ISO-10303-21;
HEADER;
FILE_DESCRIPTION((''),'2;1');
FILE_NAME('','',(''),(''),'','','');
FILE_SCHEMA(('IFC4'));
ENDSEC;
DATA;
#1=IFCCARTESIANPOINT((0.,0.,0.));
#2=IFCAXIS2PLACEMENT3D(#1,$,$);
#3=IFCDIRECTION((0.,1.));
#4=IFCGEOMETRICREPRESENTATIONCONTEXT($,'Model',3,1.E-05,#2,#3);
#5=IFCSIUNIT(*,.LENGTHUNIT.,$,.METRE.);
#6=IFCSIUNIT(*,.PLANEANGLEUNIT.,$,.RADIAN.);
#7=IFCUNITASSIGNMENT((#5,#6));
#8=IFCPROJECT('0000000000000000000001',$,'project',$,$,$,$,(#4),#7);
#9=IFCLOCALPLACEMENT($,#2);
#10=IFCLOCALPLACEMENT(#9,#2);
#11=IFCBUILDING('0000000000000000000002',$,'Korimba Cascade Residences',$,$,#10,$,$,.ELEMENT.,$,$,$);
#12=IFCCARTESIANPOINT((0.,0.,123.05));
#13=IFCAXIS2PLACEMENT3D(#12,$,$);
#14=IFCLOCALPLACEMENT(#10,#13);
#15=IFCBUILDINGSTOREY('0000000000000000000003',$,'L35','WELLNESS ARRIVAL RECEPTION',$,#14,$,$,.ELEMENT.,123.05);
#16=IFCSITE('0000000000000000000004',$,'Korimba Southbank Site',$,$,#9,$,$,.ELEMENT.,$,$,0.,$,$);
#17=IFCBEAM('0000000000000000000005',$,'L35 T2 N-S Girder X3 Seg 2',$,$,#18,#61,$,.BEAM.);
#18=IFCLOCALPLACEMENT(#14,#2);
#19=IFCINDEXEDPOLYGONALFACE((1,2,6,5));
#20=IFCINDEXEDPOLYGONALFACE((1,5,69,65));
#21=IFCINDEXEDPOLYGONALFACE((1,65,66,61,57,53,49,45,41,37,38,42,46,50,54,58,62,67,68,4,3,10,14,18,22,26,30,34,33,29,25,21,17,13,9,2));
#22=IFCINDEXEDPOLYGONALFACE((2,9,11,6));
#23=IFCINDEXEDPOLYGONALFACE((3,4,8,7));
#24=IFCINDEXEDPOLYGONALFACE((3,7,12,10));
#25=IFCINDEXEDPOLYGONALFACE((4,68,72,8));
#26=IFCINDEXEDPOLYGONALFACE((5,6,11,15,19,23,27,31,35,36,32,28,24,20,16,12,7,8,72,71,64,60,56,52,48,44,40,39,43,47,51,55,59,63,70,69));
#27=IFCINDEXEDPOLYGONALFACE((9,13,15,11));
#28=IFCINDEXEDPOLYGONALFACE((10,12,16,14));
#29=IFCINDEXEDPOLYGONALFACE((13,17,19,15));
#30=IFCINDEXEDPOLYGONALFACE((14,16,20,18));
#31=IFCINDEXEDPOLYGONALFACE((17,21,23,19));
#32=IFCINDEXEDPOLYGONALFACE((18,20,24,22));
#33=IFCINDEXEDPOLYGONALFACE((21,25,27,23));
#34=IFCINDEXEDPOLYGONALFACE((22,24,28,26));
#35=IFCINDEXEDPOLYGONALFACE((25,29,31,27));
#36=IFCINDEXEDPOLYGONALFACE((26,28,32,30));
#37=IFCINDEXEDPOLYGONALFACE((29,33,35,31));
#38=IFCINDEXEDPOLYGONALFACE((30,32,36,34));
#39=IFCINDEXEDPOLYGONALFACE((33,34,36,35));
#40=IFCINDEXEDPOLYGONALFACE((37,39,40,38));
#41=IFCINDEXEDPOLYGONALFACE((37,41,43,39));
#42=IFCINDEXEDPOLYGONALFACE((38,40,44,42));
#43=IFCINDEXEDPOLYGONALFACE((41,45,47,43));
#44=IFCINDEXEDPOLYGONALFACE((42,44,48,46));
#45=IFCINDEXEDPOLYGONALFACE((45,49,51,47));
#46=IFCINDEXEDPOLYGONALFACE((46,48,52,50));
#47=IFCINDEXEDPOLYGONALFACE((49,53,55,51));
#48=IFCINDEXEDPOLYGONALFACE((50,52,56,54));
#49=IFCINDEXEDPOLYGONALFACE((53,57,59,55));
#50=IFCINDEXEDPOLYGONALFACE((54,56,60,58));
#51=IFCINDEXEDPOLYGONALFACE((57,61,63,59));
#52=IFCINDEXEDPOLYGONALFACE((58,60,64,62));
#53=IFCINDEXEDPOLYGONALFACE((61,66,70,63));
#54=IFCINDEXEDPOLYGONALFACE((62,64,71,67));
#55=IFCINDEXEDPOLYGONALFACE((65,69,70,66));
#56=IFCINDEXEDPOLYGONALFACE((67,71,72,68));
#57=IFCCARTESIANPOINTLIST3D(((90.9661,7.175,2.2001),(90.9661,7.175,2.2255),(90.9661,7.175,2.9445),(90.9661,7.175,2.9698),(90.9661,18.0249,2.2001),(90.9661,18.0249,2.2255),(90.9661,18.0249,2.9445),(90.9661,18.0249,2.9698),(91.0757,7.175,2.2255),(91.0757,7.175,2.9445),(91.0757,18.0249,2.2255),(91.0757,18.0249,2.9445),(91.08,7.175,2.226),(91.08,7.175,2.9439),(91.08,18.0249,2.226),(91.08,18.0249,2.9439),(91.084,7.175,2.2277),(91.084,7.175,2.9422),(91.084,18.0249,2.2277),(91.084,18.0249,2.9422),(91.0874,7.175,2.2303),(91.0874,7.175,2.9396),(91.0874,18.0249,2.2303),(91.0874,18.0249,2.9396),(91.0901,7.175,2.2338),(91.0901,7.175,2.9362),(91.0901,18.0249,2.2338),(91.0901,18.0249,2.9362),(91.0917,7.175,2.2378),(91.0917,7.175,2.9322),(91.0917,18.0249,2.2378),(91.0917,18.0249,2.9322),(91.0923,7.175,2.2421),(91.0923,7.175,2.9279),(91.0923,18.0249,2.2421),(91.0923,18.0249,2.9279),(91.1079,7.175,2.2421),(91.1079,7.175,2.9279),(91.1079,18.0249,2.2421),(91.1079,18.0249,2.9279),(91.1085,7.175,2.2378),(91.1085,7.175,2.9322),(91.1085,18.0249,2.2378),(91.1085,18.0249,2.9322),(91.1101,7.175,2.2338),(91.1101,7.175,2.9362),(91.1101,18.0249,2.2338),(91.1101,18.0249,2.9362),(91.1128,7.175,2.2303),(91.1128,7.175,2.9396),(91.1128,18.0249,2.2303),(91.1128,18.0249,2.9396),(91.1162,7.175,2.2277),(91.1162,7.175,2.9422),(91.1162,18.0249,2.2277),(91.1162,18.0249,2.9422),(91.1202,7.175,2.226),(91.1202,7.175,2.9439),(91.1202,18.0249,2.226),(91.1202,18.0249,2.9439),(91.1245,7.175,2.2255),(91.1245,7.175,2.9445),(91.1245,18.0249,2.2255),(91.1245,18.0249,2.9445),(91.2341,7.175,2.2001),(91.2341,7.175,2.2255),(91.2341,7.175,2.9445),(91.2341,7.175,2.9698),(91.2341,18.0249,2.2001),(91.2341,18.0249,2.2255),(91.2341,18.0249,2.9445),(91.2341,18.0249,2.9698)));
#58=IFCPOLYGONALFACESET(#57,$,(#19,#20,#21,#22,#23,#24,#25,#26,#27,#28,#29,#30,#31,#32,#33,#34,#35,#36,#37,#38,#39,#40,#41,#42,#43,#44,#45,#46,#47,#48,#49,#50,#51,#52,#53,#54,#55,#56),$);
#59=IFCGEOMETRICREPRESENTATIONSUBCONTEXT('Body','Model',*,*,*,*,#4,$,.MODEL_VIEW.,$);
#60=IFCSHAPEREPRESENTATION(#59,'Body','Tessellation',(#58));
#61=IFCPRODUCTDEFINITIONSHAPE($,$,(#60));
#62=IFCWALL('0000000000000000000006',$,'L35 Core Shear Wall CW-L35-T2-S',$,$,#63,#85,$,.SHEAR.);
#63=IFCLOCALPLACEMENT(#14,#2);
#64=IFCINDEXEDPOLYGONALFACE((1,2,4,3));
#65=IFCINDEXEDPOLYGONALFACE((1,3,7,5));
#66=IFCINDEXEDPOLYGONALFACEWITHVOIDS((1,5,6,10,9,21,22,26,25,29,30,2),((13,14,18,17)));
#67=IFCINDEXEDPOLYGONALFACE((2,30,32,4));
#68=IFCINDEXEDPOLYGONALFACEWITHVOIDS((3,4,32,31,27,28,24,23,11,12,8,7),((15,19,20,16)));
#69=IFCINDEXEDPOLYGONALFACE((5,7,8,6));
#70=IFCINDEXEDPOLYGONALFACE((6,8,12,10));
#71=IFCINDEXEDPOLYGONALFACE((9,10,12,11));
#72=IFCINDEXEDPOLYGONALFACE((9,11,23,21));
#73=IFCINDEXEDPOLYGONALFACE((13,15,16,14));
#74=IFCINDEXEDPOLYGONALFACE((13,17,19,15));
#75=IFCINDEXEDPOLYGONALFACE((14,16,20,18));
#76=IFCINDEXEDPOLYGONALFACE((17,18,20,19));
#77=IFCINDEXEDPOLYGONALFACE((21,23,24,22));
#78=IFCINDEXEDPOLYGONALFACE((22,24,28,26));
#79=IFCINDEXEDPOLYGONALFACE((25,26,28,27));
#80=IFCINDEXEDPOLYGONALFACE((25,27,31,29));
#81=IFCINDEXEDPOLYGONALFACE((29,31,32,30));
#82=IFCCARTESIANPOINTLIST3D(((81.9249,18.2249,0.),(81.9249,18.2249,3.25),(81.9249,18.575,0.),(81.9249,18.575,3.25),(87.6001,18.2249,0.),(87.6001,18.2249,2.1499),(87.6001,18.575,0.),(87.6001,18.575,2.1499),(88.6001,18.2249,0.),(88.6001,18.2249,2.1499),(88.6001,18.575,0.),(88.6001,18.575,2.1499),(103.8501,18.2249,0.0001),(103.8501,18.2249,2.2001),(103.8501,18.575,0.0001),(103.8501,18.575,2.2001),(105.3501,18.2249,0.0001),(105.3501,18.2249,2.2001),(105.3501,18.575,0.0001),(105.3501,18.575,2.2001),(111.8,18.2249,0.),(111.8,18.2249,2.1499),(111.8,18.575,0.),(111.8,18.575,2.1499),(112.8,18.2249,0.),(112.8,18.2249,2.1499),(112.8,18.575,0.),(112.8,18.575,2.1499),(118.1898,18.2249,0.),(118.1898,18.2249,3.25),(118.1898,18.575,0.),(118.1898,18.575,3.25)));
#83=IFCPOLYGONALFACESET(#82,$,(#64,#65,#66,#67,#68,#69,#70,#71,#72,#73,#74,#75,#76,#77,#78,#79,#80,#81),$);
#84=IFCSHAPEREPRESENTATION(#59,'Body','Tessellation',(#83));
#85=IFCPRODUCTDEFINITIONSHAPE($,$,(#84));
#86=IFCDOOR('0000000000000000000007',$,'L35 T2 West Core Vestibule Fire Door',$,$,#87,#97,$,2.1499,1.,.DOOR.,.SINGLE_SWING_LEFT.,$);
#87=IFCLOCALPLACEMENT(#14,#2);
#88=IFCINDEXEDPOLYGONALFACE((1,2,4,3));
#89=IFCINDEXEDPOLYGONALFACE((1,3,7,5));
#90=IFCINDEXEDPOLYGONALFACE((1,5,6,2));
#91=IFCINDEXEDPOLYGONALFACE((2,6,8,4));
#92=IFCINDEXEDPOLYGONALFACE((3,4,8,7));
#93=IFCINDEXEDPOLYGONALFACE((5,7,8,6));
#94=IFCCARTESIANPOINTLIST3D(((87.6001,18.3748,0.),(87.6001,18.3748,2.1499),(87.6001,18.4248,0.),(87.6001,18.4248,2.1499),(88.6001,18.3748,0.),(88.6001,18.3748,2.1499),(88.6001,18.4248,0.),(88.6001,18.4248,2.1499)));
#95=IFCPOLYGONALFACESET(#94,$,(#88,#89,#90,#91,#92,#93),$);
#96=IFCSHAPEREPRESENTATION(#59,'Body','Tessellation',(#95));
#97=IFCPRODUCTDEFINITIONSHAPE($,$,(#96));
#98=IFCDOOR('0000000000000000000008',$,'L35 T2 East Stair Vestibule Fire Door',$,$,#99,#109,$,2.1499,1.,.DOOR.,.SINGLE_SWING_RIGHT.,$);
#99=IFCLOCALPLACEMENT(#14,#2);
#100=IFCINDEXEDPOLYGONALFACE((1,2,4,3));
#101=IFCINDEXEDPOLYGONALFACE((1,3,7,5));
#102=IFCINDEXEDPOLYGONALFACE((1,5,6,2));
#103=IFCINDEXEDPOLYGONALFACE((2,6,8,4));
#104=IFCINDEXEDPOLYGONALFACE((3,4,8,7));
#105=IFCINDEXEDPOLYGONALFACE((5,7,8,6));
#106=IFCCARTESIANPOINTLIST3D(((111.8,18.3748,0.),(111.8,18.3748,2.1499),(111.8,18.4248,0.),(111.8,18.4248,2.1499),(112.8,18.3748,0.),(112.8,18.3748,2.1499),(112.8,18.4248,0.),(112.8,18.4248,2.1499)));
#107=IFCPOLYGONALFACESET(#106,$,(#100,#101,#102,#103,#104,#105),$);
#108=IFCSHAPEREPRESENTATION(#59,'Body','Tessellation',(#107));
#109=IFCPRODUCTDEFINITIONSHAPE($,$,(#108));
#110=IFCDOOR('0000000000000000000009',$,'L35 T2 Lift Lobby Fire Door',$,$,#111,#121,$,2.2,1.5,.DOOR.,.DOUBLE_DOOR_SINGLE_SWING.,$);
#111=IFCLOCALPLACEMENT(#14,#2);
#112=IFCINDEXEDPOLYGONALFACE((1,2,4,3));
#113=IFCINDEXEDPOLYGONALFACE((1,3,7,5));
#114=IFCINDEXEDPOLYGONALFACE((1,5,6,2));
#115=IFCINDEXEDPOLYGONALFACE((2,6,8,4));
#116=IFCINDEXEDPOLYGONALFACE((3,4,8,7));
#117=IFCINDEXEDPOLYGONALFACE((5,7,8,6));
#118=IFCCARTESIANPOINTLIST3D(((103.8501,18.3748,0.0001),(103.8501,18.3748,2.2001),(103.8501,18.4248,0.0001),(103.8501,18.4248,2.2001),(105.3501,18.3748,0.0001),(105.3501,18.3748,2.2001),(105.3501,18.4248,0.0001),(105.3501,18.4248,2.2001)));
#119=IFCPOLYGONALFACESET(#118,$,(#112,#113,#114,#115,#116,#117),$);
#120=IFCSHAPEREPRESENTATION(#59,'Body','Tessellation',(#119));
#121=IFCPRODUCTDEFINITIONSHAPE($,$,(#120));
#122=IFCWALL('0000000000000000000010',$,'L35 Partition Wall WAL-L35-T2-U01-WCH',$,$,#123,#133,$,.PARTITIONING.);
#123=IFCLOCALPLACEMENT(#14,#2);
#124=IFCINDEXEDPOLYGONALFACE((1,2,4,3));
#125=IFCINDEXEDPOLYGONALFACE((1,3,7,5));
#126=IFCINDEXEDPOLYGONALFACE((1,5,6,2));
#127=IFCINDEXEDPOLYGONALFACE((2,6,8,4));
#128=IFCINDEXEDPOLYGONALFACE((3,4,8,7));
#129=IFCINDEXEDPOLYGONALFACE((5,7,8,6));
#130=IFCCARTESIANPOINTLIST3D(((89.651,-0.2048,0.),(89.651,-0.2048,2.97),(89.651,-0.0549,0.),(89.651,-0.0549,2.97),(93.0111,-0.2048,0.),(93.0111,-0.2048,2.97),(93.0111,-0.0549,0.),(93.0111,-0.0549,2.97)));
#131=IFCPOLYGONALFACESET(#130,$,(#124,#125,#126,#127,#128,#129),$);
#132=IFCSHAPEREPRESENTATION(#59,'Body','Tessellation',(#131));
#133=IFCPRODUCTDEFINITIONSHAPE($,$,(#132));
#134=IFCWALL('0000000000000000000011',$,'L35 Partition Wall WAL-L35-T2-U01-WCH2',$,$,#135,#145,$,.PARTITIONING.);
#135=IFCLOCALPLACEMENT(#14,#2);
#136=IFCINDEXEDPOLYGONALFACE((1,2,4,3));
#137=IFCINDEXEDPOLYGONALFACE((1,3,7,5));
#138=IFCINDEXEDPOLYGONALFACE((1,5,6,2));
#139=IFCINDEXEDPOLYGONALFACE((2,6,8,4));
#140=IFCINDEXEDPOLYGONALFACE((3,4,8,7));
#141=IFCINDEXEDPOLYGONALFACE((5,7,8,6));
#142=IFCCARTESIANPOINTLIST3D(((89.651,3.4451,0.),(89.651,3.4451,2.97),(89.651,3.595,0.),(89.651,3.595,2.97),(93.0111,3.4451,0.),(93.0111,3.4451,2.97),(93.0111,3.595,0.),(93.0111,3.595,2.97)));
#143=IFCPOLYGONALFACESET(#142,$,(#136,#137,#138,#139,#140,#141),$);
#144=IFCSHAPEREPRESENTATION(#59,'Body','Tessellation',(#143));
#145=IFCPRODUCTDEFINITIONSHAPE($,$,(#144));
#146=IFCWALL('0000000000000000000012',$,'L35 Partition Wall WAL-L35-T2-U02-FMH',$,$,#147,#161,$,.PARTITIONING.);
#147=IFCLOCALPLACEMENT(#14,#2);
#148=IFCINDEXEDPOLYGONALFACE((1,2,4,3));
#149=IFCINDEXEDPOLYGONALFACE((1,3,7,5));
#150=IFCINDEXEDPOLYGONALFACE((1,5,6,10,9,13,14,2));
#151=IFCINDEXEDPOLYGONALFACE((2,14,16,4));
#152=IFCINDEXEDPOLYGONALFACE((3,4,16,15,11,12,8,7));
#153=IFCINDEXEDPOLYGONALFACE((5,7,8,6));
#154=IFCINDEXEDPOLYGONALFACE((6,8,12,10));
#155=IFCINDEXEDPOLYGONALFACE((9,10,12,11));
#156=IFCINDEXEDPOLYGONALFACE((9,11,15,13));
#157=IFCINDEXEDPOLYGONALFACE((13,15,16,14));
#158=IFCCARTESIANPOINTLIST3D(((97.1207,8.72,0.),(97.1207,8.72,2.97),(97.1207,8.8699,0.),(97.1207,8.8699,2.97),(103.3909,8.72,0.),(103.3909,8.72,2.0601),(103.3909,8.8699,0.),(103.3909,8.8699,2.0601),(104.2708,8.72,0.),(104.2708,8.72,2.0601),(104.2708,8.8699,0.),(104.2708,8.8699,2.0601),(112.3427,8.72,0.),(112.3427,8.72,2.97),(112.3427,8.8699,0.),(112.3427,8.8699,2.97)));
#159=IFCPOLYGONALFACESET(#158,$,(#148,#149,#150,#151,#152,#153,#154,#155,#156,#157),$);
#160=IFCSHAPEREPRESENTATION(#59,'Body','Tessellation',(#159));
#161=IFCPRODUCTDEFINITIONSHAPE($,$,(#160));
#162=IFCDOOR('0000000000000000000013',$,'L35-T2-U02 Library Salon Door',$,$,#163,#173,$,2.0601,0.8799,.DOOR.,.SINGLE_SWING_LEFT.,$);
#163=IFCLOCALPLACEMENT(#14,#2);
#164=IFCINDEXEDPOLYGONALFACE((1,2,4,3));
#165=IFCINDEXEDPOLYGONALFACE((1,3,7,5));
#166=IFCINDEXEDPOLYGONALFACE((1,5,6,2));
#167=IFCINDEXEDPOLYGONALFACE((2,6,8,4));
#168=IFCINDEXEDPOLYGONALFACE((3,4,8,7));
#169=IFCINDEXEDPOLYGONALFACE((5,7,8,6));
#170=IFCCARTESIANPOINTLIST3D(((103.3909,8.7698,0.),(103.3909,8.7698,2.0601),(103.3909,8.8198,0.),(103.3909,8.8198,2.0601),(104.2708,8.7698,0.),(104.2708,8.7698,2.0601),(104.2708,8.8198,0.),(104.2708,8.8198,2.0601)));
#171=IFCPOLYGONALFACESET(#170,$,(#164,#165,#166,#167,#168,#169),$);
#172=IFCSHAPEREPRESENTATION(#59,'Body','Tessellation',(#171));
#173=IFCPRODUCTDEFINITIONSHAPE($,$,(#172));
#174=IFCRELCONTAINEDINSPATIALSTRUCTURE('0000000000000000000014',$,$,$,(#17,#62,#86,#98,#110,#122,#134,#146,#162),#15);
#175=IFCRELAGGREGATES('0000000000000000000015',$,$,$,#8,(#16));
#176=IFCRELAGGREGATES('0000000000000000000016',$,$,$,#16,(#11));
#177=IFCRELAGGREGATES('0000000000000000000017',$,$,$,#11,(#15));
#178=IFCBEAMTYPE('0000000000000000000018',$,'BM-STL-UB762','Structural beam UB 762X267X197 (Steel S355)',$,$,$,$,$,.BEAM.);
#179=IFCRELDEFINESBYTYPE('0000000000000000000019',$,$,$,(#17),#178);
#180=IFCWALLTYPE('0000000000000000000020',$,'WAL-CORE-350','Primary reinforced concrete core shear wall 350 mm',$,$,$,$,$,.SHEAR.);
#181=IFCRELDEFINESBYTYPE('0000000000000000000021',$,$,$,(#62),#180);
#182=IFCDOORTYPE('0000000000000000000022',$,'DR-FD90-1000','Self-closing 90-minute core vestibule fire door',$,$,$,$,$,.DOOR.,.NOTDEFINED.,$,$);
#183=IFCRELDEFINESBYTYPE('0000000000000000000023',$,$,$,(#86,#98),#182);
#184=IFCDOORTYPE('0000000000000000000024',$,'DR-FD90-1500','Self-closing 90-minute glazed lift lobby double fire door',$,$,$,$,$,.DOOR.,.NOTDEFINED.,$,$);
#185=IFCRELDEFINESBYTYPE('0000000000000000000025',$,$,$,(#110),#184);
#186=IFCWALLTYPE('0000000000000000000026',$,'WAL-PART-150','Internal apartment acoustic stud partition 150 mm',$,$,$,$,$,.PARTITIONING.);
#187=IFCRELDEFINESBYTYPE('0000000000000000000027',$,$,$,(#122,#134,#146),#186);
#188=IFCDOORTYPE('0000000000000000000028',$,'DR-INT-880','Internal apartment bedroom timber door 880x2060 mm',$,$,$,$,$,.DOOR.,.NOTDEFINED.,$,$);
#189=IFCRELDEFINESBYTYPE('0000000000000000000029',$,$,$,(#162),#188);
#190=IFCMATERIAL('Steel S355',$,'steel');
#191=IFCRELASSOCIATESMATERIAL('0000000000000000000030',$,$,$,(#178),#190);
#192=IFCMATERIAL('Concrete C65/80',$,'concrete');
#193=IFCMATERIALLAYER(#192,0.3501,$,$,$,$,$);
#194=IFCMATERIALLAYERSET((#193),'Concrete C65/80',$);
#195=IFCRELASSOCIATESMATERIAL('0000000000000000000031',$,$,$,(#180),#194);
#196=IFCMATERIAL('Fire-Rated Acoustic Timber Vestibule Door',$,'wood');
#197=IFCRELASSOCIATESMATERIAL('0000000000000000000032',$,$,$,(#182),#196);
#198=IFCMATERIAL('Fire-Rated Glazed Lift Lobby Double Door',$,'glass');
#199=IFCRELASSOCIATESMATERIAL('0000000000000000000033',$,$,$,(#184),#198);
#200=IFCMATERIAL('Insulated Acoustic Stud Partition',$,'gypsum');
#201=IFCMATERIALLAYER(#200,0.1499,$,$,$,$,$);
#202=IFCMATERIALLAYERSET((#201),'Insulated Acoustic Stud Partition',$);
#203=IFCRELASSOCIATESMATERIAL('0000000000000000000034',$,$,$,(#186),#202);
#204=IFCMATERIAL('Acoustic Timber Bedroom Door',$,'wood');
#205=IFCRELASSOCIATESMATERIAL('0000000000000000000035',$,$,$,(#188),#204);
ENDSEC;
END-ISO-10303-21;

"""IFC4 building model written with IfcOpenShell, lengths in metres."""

from ifc_helpers import new_model, si_unit, direction, frame, frame_2d, origin, origin_2d, place, context, subcontext, project, spatial, rectangle, i_section, extrude, material, layer, layer_set, material_profile, profile_set, type_object, element, fill, save


model = new_model("IFC4")

# Units and contexts
model_context = context("Model", 3, precision=1e-05, world=origin(), true_north=direction((0.0, 1.0)))
body_context = subcontext(model_context, "Body", "Model", "MODEL_VIEW")
ifc_project = project(units=[si_unit("LENGTHUNIT", "METRE"), si_unit("PLANEANGLEUNIT", "RADIAN")], contexts=[model_context])

# Site, building, storey
site_placement = place(None, origin())
site = spatial("IfcSite", under=ifc_project, at=site_placement, Name="Korimba Southbank Site", CompositionType="ELEMENT", RefElevation=0.0)
building_placement = place(site_placement, origin())
building = spatial("IfcBuilding", under=site, at=building_placement, Name="Korimba Cascade Residences", CompositionType="ELEMENT")
storey_placement = place(building_placement, frame((0.0, 0.0, 123.05)))
storey = spatial("IfcBuildingStorey", under=building, at=storey_placement, Name="L35", Description="WELLNESS ARRIVAL RECEPTION", CompositionType="ELEMENT", Elevation=123.05)

# Shared definitions
ifc_material_1 = material(Name="Concrete C65/80", Category="concrete")

# Beam
ifc_material_2 = material(Name="Steel S355", Category="steel")
ifc_material_profile_1 = material_profile(ifc_material_2, i_section(OverallWidth=0.2681, OverallDepth=0.7698, WebThickness=0.0156, FlangeThickness=0.0254, FilletRadius=0.0166, at=origin_2d()), Name="Steel S355")
ifc_profile_set_1 = profile_set([ifc_material_profile_1], Name="Steel S355")
beam_type_1 = type_object("IfcBeamType", Name="BM-STL-UB762", Description="Structural beam UB 762X267X197 (Steel S355)", PredefinedType="BEAM", material=ifc_profile_set_1)
for number, where, z_axis, x_axis, name in (
    (1, (91.1001, 7.175, 2.585), (0.0, 1.0, 0.0), (-1.0, 0.0, 0.0), "L35 T2 N-S Girder X3 Seg 2"),
):
    element("IfcBeam", number, at=place(storey_placement, frame(where, z_axis=z_axis, x_axis=x_axis)), inside=storey, type_object=beam_type_1, Name=name, PredefinedType="BEAM", context=body_context, shape_type="SweptSolid", body=[
        extrude(i_section(OverallWidth=0.2681, OverallDepth=0.7698, WebThickness=0.0156, FlangeThickness=0.0254, FilletRadius=0.0166, at=origin_2d()), origin(), (0.0, 0.0, 1.0), 10.8499),
    ])

# Wall, openings, doors
ifc_layer_1 = layer(ifc_material_1, 0.3501)
ifc_layer_set_1 = layer_set([ifc_layer_1], Name="Concrete C65/80")
wall_type_1 = type_object("IfcWallType", Name="WAL-CORE-350", Description="Primary reinforced concrete core shear wall 350 mm", PredefinedType="SHEAR", material=ifc_layer_set_1)
wall_1_placement = place(storey_placement, frame((81.925, 18.3999, 0.0), z_axis=(0.0, 0.0, 1.0), x_axis=(1.0, 0.0, 0.0)))
wall_1 = element("IfcWall", 2, at=wall_1_placement, inside=storey, type_object=wall_type_1, Name="L35 Core Shear Wall CW-L35-T2-S", PredefinedType="SHEAR", context=body_context, shape_type="SweptSolid", body=[
    extrude(rectangle(XDim=36.2649, YDim=0.3501, at=frame_2d((18.1323, 0.0))), origin(), (0.0, 0.0, 1.0), 3.25),
])
opening_1_placement = place(wall_1_placement, frame((5.675, 0.0, 0.0)))
opening_1 = element("IfcOpeningElement", 3, at=opening_1_placement, cuts=wall_1, PredefinedType="OPENING", context=body_context, shape_type="SweptSolid", body=[
    extrude(rectangle(XDim=1.0, YDim=2.1499, at=frame_2d((0.5, 1.075))), frame((0.0, 0.1851, 0.0), z_axis=(0.0, -1.0, 0.0), x_axis=(1.0, 0.0, 0.0)), (0.0, 0.0, 1.0), 0.3701),
])
opening_2_placement = place(wall_1_placement, frame((21.925, 0.0, 0.0)))
opening_2 = element("IfcOpeningElement", 4, at=opening_2_placement, cuts=wall_1, PredefinedType="OPENING", context=body_context, shape_type="SweptSolid", body=[
    extrude(rectangle(XDim=1.5, YDim=2.2, at=frame_2d((0.75, 1.1001))), frame((0.0, 0.1851, 0.0), z_axis=(0.0, -1.0, 0.0), x_axis=(1.0, 0.0, 0.0)), (0.0, 0.0, 1.0), 0.3701),
])
opening_3_placement = place(wall_1_placement, frame((29.875, 0.0, 0.0)))
opening_3 = element("IfcOpeningElement", 5, at=opening_3_placement, cuts=wall_1, PredefinedType="OPENING", context=body_context, shape_type="SweptSolid", body=[
    extrude(rectangle(XDim=1.0, YDim=2.1499, at=frame_2d((0.5, 1.075))), frame((0.0, 0.1851, 0.0), z_axis=(0.0, -1.0, 0.0), x_axis=(1.0, 0.0, 0.0)), (0.0, 0.0, 1.0), 0.3701),
])
ifc_material_3 = material(Name="Fire-Rated Acoustic Timber Vestibule Door", Category="wood")
door_type_1 = type_object("IfcDoorType", Name="DR-FD90-1000", Description="Self-closing 90-minute core vestibule fire door", OperationType="NOTDEFINED", PredefinedType="DOOR", material=ifc_material_3)
door_1_placement = place(opening_1_placement, origin())
door_1 = element("IfcDoor", 6, at=door_1_placement, inside=storey, type_object=door_type_1, Name="L35 T2 West Core Vestibule Fire Door", OperationType="SINGLE_SWING_LEFT", OverallHeight=2.1499, OverallWidth=1.0, PredefinedType="DOOR", context=body_context, shape_type="SweptSolid", body=[
    extrude(rectangle(XDim=1.0, YDim=2.1499, at=frame_2d((0.5, 1.075))), frame((0.0, 0.0249, 0.0), z_axis=(0.0, -1.0, 0.0), x_axis=(1.0, 0.0, 0.0)), (0.0, 0.0, 1.0), 0.05),
])
fill(opening_1, door_1)
door_2_placement = place(opening_3_placement, origin())
door_2 = element("IfcDoor", 7, at=door_2_placement, inside=storey, type_object=door_type_1, Name="L35 T2 East Stair Vestibule Fire Door", OperationType="SINGLE_SWING_RIGHT", OverallHeight=2.1499, OverallWidth=1.0, PredefinedType="DOOR", context=body_context, shape_type="SweptSolid", body=[
    extrude(rectangle(XDim=1.0, YDim=2.1499, at=frame_2d((0.5, 1.075))), frame((0.0, 0.0249, 0.0), z_axis=(0.0, -1.0, 0.0), x_axis=(1.0, 0.0, 0.0)), (0.0, 0.0, 1.0), 0.05),
])
fill(opening_3, door_2)
ifc_material_4 = material(Name="Fire-Rated Glazed Lift Lobby Double Door", Category="glass")
door_type_2 = type_object("IfcDoorType", Name="DR-FD90-1500", Description="Self-closing 90-minute glazed lift lobby double fire door", OperationType="NOTDEFINED", PredefinedType="DOOR", material=ifc_material_4)
door_3_placement = place(opening_2_placement, origin())
door_3 = element("IfcDoor", 8, at=door_3_placement, inside=storey, type_object=door_type_2, Name="L35 T2 Lift Lobby Fire Door", OperationType="DOUBLE_DOOR_SINGLE_SWING", OverallHeight=2.2, OverallWidth=1.5, PredefinedType="DOOR", context=body_context, shape_type="SweptSolid", body=[
    extrude(rectangle(XDim=1.5, YDim=2.2, at=frame_2d((0.75, 1.1001))), frame((0.0, 0.0249, 0.0), z_axis=(0.0, -1.0, 0.0), x_axis=(1.0, 0.0, 0.0)), (0.0, 0.0, 1.0), 0.05),
])
fill(opening_2, door_3)

# Walls
ifc_material_5 = material(Name="Insulated Acoustic Stud Partition", Category="gypsum")
ifc_layer_2 = layer(ifc_material_5, 0.1499)
ifc_layer_set_2 = layer_set([ifc_layer_2], Name="Insulated Acoustic Stud Partition")
wall_type_2 = type_object("IfcWallType", Name="WAL-PART-150", Description="Internal apartment acoustic stud partition 150 mm", PredefinedType="PARTITIONING", material=ifc_layer_set_2)
for number, where, z_axis, x_axis, name in (
    (9, (89.6509, -0.1299, 0.0), (0.0, 0.0, 1.0), (1.0, 0.0, 0.0), "L35 Partition Wall WAL-L35-T2-U01-WCH"),
    (10, (89.6509, 3.52, 0.0), (0.0, 0.0, 1.0), (1.0, 0.0, 0.0), "L35 Partition Wall WAL-L35-T2-U01-WCH2"),
):
    element("IfcWall", number, at=place(storey_placement, frame(where, z_axis=z_axis, x_axis=x_axis)), inside=storey, type_object=wall_type_2, Name=name, PredefinedType="PARTITIONING", context=body_context, shape_type="SweptSolid", body=[
        extrude(rectangle(XDim=3.3601, YDim=0.1499, at=frame_2d((1.6802, 0.0))), origin(), (0.0, 0.0, 1.0), 2.97),
    ])

# Wall, opening, door
wall_2_placement = place(storey_placement, frame((97.1208, 8.7949, 0.0), z_axis=(0.0, 0.0, 1.0), x_axis=(1.0, 0.0, 0.0)))
wall_2 = element("IfcWall", 11, at=wall_2_placement, inside=storey, type_object=wall_type_2, Name="L35 Partition Wall WAL-L35-T2-U02-FMH", PredefinedType="PARTITIONING", context=body_context, shape_type="SweptSolid", body=[
    extrude(rectangle(XDim=15.2219, YDim=0.1499, at=frame_2d((7.6108, 0.0))), origin(), (0.0, 0.0, 1.0), 2.97),
])
opening_4_placement = place(wall_2_placement, frame((6.27, 0.0, 0.0)))
opening_4 = element("IfcOpeningElement", 12, at=opening_4_placement, cuts=wall_2, PredefinedType="OPENING", context=body_context, shape_type="SweptSolid", body=[
    extrude(rectangle(XDim=0.8799, YDim=2.0601, at=frame_2d((0.4399, 1.03))), frame((0.0, 0.085, 0.0), z_axis=(0.0, -1.0, 0.0), x_axis=(1.0, 0.0, 0.0)), (0.0, 0.0, 1.0), 0.1699),
])
ifc_material_6 = material(Name="Acoustic Timber Bedroom Door", Category="wood")
door_type_3 = type_object("IfcDoorType", Name="DR-INT-880", Description="Internal apartment bedroom timber door 880x2060 mm", OperationType="NOTDEFINED", PredefinedType="DOOR", material=ifc_material_6)
door_4_placement = place(opening_4_placement, origin())
door_4 = element("IfcDoor", 13, at=door_4_placement, inside=storey, type_object=door_type_3, Name="L35-T2-U02 Library Salon Door", OperationType="SINGLE_SWING_LEFT", OverallHeight=2.0601, OverallWidth=0.8799, PredefinedType="DOOR", context=body_context, shape_type="SweptSolid", body=[
    extrude(rectangle(XDim=0.8799, YDim=2.0601, at=frame_2d((0.4399, 1.03))), frame((0.0, 0.0249, 0.0), z_axis=(0.0, -1.0, 0.0), x_axis=(1.0, 0.0, 0.0)), (0.0, 0.0, 1.0), 0.05),
])
fill(opening_4, door_4)

save(model, "model.ifc")
